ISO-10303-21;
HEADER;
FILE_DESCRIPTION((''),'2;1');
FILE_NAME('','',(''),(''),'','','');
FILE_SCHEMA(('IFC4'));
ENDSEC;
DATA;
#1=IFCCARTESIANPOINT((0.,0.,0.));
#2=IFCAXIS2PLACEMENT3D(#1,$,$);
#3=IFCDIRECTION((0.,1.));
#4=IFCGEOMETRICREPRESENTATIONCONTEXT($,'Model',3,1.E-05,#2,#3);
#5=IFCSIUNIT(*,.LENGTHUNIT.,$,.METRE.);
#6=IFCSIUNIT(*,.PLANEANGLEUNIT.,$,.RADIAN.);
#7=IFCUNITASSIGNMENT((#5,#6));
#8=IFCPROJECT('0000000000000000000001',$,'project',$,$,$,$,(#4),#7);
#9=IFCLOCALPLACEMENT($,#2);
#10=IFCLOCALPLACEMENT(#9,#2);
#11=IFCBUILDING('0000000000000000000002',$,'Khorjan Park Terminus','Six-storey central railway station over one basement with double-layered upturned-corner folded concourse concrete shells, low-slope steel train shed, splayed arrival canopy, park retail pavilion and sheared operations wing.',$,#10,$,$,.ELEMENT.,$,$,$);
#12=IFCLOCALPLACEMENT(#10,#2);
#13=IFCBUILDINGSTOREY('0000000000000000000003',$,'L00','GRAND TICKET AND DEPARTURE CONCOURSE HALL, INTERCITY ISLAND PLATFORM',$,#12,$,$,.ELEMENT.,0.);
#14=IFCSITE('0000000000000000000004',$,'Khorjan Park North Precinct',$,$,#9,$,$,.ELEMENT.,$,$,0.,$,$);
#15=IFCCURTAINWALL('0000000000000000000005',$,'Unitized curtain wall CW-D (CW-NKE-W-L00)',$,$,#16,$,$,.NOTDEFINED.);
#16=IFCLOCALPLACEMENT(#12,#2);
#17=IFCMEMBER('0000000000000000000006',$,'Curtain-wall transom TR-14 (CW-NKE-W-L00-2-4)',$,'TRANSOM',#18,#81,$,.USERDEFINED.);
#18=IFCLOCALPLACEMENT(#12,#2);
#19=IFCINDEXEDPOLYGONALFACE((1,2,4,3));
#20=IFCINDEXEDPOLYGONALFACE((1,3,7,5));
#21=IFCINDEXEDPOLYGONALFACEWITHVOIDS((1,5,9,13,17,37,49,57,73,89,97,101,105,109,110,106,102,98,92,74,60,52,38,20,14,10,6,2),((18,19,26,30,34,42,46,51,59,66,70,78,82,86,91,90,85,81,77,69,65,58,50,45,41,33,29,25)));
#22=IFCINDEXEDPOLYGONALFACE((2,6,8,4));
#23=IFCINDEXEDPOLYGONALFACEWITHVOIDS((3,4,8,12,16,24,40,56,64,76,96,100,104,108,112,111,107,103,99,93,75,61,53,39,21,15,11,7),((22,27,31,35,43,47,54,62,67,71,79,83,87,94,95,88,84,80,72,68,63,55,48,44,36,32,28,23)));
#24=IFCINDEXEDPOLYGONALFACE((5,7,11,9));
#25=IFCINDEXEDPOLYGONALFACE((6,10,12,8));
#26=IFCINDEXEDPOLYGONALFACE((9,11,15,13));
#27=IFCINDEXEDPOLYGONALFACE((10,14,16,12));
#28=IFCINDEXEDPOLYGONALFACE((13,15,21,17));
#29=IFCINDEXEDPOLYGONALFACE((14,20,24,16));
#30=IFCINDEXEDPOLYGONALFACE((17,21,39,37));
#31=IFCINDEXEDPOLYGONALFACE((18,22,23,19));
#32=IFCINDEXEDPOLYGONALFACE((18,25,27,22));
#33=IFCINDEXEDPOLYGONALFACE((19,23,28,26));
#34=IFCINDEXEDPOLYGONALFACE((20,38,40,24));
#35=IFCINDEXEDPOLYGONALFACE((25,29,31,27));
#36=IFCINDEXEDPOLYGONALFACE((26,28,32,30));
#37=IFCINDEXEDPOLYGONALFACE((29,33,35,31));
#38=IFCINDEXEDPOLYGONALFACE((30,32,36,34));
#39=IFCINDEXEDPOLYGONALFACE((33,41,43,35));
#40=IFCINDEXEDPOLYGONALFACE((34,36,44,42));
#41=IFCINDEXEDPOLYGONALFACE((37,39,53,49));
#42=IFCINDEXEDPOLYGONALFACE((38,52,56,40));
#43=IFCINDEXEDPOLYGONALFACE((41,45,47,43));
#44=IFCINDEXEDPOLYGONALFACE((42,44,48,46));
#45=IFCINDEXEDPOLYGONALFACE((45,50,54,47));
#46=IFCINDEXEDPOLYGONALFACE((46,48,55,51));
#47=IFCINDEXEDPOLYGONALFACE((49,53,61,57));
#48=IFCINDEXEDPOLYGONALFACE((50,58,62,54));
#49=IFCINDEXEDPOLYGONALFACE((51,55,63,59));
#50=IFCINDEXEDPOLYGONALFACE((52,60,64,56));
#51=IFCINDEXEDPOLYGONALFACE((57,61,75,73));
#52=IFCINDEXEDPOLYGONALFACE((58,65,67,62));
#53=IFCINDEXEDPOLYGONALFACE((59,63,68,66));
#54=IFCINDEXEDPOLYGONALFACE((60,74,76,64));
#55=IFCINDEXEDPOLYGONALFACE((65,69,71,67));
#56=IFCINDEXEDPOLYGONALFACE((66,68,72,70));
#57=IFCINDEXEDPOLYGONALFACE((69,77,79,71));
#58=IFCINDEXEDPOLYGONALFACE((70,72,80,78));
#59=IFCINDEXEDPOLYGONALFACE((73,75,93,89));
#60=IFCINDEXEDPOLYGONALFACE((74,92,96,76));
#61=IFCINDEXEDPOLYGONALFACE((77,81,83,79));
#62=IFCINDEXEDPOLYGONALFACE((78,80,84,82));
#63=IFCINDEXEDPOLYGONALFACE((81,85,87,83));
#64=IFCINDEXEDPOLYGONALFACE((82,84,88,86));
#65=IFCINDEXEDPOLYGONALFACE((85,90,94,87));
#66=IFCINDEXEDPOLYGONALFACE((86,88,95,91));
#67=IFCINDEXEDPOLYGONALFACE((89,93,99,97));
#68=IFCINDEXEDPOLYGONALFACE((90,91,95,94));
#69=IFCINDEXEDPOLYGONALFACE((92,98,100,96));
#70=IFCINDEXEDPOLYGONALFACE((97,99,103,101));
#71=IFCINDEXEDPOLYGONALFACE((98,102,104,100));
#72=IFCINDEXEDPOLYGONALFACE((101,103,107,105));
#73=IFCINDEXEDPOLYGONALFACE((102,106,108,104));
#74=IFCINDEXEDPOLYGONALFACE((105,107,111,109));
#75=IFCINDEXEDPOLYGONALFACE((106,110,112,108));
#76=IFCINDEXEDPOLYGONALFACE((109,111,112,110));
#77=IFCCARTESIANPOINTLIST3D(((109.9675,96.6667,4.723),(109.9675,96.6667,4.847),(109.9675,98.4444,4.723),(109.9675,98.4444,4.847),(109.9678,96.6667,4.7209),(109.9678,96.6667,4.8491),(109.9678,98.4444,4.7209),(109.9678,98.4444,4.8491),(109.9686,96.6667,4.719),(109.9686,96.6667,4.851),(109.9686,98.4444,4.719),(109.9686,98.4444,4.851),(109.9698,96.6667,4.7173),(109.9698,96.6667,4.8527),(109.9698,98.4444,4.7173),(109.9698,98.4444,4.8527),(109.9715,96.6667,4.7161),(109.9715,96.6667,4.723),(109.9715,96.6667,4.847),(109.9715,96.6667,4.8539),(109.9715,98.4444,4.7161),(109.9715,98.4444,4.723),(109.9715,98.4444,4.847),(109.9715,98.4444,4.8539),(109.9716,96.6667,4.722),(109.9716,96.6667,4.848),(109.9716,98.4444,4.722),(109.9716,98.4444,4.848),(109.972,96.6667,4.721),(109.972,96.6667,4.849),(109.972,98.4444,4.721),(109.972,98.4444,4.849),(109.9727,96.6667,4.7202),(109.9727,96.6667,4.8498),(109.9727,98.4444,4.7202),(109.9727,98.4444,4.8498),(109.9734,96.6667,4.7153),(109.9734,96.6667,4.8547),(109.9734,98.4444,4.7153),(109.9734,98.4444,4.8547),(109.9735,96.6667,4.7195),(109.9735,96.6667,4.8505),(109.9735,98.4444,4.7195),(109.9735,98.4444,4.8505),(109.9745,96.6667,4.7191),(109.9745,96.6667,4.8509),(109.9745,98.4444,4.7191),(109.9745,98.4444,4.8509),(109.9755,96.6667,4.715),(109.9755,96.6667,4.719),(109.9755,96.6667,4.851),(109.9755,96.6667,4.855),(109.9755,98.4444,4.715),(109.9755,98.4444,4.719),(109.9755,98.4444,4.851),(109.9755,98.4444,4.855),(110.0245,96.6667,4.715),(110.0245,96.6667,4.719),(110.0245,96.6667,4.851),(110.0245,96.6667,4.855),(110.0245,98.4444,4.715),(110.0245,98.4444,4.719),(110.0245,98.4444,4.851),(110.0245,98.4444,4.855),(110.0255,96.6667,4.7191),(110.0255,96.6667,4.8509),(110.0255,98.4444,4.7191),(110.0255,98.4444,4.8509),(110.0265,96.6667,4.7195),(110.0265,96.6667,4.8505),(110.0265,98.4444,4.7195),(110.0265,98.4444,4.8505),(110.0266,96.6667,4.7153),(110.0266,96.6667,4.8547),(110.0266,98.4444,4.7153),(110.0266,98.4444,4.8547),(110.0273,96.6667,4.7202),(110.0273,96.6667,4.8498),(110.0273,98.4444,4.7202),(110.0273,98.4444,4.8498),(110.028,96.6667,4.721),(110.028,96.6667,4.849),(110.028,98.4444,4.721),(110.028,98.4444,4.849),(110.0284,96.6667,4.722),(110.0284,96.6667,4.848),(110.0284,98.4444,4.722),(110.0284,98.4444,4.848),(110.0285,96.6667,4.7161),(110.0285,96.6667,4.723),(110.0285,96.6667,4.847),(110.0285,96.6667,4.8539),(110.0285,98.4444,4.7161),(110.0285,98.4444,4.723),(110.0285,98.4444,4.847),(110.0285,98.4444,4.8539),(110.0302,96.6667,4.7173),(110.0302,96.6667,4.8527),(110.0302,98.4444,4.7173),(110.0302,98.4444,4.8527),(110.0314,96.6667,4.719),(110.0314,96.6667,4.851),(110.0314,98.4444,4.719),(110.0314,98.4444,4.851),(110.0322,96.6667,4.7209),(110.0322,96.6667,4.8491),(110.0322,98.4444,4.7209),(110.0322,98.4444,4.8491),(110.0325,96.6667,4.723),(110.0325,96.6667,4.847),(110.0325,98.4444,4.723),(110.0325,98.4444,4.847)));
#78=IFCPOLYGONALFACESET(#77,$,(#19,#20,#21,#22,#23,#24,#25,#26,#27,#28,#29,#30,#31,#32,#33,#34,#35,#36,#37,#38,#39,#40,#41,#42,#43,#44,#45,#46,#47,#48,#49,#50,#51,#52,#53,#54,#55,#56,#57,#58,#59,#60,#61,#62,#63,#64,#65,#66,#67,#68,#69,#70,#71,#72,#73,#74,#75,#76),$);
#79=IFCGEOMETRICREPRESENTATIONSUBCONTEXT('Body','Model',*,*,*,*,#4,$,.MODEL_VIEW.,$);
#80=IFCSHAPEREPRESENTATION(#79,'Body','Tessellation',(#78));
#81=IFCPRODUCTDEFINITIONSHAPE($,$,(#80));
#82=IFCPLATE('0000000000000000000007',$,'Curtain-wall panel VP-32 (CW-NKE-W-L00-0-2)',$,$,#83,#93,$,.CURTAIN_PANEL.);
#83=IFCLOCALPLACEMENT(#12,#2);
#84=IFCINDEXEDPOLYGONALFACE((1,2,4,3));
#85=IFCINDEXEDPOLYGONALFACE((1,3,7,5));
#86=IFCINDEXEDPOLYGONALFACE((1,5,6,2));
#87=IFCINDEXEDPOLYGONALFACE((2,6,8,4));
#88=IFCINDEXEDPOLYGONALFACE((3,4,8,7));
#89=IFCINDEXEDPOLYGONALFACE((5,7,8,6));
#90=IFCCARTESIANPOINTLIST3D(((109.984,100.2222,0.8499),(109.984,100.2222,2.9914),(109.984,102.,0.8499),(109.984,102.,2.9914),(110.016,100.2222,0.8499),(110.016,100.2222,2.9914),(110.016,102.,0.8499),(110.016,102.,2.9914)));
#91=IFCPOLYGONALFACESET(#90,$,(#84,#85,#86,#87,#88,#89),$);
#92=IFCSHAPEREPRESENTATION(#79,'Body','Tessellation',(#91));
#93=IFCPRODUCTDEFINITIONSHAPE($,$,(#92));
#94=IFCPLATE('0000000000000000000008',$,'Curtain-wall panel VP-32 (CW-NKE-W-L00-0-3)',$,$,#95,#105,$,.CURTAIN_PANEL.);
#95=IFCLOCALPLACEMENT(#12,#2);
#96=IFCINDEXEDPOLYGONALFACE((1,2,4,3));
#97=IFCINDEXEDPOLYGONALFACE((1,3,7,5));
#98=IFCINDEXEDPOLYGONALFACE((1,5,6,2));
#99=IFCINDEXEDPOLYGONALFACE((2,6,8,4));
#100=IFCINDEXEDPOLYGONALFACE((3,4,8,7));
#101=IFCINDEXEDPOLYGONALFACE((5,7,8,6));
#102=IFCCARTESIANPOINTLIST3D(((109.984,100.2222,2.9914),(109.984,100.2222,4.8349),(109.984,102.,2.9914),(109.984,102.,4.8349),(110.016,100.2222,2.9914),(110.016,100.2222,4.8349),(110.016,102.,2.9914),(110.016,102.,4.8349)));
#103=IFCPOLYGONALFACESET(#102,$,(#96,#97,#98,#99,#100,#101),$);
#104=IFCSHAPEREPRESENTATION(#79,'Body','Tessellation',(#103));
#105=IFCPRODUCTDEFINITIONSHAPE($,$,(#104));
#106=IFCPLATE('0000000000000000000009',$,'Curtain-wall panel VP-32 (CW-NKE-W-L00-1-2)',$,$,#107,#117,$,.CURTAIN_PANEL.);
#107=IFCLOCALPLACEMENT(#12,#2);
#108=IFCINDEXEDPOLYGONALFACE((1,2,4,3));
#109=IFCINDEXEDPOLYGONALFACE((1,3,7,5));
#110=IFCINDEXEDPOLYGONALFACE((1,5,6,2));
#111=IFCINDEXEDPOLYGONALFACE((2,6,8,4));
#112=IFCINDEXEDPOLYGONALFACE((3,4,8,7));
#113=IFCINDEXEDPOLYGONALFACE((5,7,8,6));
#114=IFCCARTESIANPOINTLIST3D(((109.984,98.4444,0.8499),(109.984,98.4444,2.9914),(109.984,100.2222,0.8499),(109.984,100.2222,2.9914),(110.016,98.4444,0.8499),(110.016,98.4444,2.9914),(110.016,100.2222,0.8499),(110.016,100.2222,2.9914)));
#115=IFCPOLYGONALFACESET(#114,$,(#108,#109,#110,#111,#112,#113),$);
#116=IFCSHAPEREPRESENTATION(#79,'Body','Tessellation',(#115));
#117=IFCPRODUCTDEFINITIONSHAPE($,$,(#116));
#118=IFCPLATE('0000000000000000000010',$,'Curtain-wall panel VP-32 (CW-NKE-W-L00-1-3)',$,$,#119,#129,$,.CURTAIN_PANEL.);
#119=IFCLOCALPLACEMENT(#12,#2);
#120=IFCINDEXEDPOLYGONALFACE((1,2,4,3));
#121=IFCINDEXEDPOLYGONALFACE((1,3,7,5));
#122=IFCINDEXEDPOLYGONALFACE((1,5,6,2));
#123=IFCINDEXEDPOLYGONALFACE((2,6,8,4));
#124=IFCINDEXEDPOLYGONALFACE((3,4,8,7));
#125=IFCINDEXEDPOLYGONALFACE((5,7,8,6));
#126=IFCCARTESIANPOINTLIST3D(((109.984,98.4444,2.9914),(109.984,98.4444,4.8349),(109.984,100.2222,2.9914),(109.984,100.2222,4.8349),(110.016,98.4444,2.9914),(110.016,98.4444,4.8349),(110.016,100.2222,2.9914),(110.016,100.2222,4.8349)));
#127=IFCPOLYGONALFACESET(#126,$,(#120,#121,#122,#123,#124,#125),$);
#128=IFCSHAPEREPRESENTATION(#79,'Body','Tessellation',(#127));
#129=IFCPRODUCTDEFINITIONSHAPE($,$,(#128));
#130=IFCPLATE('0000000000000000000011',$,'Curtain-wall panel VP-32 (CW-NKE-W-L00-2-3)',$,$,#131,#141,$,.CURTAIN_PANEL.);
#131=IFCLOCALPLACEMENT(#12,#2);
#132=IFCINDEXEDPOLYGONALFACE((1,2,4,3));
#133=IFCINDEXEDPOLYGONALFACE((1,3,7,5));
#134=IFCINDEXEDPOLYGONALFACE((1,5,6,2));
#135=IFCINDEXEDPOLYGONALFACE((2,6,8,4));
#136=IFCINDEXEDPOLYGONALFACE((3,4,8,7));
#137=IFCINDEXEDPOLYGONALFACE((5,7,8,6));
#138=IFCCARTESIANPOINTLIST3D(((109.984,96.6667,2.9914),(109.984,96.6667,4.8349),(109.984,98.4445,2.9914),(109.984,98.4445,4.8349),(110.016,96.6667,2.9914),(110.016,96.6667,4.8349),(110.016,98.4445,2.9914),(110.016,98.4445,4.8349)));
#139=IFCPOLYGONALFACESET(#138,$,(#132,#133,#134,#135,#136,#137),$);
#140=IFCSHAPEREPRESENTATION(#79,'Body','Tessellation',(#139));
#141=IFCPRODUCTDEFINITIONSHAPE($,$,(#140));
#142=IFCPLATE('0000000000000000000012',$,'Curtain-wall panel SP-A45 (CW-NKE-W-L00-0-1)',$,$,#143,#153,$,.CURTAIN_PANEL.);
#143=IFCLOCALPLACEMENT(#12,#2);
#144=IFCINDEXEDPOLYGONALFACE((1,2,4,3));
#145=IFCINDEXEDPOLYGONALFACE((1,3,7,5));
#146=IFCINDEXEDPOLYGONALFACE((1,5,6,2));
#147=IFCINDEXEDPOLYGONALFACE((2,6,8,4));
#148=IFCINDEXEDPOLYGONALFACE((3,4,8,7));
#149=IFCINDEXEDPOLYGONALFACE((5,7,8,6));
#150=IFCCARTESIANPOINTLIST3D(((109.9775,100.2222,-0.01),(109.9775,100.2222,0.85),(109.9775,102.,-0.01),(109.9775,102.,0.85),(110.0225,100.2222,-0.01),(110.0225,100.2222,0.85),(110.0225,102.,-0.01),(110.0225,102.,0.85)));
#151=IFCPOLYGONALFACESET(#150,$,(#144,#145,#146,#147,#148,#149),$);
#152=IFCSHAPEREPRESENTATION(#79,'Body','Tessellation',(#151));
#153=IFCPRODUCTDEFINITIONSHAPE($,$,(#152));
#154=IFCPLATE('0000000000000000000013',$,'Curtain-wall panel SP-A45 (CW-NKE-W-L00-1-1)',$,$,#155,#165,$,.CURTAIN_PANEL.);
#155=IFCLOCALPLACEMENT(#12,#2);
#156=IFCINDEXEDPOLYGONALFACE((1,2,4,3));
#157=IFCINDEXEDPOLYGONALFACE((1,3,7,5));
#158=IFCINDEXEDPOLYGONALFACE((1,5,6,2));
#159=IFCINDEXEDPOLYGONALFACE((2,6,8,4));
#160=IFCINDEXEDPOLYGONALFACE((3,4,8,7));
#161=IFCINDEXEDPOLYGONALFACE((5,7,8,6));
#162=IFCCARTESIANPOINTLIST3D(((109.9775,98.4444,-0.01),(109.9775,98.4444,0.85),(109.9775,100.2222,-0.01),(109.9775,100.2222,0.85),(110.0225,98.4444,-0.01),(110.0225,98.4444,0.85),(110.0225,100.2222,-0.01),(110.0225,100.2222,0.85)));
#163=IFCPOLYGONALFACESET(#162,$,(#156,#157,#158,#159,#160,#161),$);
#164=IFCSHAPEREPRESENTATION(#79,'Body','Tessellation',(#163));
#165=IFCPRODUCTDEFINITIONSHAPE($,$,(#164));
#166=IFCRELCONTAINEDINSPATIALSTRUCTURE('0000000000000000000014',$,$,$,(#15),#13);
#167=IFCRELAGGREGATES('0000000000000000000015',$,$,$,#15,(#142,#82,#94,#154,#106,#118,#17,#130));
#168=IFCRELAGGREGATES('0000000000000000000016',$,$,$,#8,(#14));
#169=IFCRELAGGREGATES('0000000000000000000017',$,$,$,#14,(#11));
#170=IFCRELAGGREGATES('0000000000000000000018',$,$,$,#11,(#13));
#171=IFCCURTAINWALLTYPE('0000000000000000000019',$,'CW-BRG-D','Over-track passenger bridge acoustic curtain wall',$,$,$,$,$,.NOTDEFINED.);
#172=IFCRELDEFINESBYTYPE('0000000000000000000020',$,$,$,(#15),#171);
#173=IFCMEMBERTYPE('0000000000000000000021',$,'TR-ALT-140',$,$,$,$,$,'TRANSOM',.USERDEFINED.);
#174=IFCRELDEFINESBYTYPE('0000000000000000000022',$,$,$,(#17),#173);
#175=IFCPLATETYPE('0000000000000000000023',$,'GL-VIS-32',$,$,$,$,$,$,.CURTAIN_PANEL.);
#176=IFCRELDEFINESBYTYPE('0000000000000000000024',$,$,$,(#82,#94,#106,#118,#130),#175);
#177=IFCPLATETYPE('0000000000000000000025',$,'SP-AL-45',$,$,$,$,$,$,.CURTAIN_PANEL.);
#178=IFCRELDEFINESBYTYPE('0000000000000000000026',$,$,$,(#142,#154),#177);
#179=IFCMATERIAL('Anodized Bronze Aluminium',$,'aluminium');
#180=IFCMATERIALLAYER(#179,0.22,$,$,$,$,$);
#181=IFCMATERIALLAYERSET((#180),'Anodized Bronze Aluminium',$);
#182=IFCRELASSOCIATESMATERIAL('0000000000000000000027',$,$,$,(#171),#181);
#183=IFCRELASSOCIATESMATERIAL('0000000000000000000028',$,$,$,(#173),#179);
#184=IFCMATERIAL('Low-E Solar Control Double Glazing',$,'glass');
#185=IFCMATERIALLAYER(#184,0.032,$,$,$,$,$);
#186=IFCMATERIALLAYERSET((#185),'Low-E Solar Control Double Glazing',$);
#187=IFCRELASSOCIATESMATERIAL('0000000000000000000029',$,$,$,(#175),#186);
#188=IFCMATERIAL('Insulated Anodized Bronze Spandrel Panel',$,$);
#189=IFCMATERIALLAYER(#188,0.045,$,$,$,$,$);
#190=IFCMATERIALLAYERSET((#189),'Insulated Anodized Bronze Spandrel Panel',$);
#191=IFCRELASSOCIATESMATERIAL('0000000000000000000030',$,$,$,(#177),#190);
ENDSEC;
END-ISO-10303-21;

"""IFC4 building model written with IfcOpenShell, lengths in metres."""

from ifc_helpers import new_model, si_unit, direction, frame, origin, origin_2d, place, context, subcontext, project, spatial, rectangle, hollow_rectangle, extrude, material, layer, layer_set, material_profile, profile_set, type_object, element, aggregate, save


model = new_model("IFC4")

# Units and contexts
model_context = context("Model", 3, precision=1e-05, world=origin(), true_north=direction((0.0, 1.0)))
body_context = subcontext(model_context, "Body", "Model", "MODEL_VIEW")
ifc_project = project(units=[si_unit("LENGTHUNIT", "METRE"), si_unit("PLANEANGLEUNIT", "RADIAN")], contexts=[model_context])

# Site, building, storey
site_placement = place(None, origin())
site = spatial("IfcSite", under=ifc_project, at=site_placement, Name="Khorjan Park North Precinct", CompositionType="ELEMENT", RefElevation=0.0)
building_placement = place(site_placement, origin())
building = spatial("IfcBuilding", under=site, at=building_placement, Name="Khorjan Park Terminus", Description="Six-storey central railway station over one basement with double-layered upturned-corner folded concourse concrete shells, low-slope steel train shed, splayed arrival canopy, park retail pavilion and sheared operations wing.", CompositionType="ELEMENT")
storey_placement = place(building_placement, origin())
storey = spatial("IfcBuildingStorey", under=building, at=storey_placement, Name="L00", Description="GRAND TICKET AND DEPARTURE CONCOURSE HALL, INTERCITY ISLAND PLATFORM", CompositionType="ELEMENT", Elevation=0.0)

# Curtain wall, member, plates
ifc_material_1 = material(Name="Anodized Bronze Aluminium", Category="aluminium")
ifc_layer_1 = layer(ifc_material_1, 0.22)
ifc_layer_set_1 = layer_set([ifc_layer_1], Name="Anodized Bronze Aluminium")
curtain_wall_type = type_object("IfcCurtainWallType", Name="CW-BRG-D", Description="Over-track passenger bridge acoustic curtain wall", PredefinedType="NOTDEFINED", material=ifc_layer_set_1)
curtain_wall_placement = place(storey_placement, origin())
curtain_wall = element("IfcCurtainWall", 1, at=curtain_wall_placement, inside=storey, type_object=curtain_wall_type, Name="Unitized curtain wall CW-D (CW-NKE-W-L00)", PredefinedType="NOTDEFINED")
ifc_material_profile_1 = material_profile(ifc_material_1, hollow_rectangle(XDim=0.065, YDim=0.14, WallThickness=0.004, InnerFilletRadius=0.004, OuterFilletRadius=0.008, at=origin_2d()), Name="ALT 65x140x4")
ifc_profile_set_1 = profile_set([ifc_material_profile_1], Name="Anodized Bronze Aluminium")
member_type_1 = type_object("IfcMemberType", Name="TR-ALT-140", ElementType="TRANSOM", PredefinedType="USERDEFINED", material=ifc_profile_set_1)
member_1_placement = place(storey_placement, frame((110.0, 98.4444, 4.785), z_axis=(0.0, -1.0, 0.0), x_axis=(1.0, 0.0, 0.0)))
member_1 = element("IfcMember", 2, at=member_1_placement, type_object=member_type_1, Name="Curtain-wall transom TR-14 (CW-NKE-W-L00-2-4)", ObjectType="TRANSOM", PredefinedType="USERDEFINED", context=body_context, shape_type="SweptSolid", body=[
    extrude(hollow_rectangle(XDim=0.065, YDim=0.14, WallThickness=0.004, InnerFilletRadius=0.004, OuterFilletRadius=0.008, at=origin_2d()), origin(), (0.0, 0.0, 1.0), 1.7777),
])
ifc_material_2 = material(Name="Low-E Solar Control Double Glazing", Category="glass")
ifc_layer_2 = layer(ifc_material_2, 0.032)
ifc_layer_set_2 = layer_set([ifc_layer_2], Name="Low-E Solar Control Double Glazing")
plate_type_1 = type_object("IfcPlateType", Name="GL-VIS-32", PredefinedType="CURTAIN_PANEL", material=ifc_layer_set_2)
plate_1_placement = place(storey_placement, frame((110.0, 101.1111, 0.8499), z_axis=(0.0, 0.0, 1.0), x_axis=(0.0, -1.0, 0.0)))
plate_1 = element("IfcPlate", 3, at=plate_1_placement, type_object=plate_type_1, Name="Curtain-wall panel VP-32 (CW-NKE-W-L00-0-2)", PredefinedType="CURTAIN_PANEL", context=body_context, shape_type="SweptSolid", body=[
    extrude(rectangle(XDim=1.7778, YDim=0.032, at=origin_2d()), origin(), (0.0, 0.0, 1.0), 2.1415),
])
plate_2_placement = place(storey_placement, frame((110.0, 101.1111, 2.9914), z_axis=(0.0, 0.0, 1.0), x_axis=(0.0, -1.0, 0.0)))
plate_2 = element("IfcPlate", 4, at=plate_2_placement, type_object=plate_type_1, Name="Curtain-wall panel VP-32 (CW-NKE-W-L00-0-3)", PredefinedType="CURTAIN_PANEL", context=body_context, shape_type="SweptSolid", body=[
    extrude(rectangle(XDim=1.7778, YDim=0.032, at=origin_2d()), origin(), (0.0, 0.0, 1.0), 1.8435),
])
plate_3_placement = place(storey_placement, frame((110.0, 99.3333, 0.8499), z_axis=(0.0, 0.0, 1.0), x_axis=(0.0, -1.0, 0.0)))
plate_3 = element("IfcPlate", 5, at=plate_3_placement, type_object=plate_type_1, Name="Curtain-wall panel VP-32 (CW-NKE-W-L00-1-2)", PredefinedType="CURTAIN_PANEL", context=body_context, shape_type="SweptSolid", body=[
    extrude(rectangle(XDim=1.7778, YDim=0.032, at=origin_2d()), origin(), (0.0, 0.0, 1.0), 2.1415),
])
plate_4_placement = place(storey_placement, frame((110.0, 99.3333, 2.9914), z_axis=(0.0, 0.0, 1.0), x_axis=(0.0, -1.0, 0.0)))
plate_4 = element("IfcPlate", 6, at=plate_4_placement, type_object=plate_type_1, Name="Curtain-wall panel VP-32 (CW-NKE-W-L00-1-3)", PredefinedType="CURTAIN_PANEL", context=body_context, shape_type="SweptSolid", body=[
    extrude(rectangle(XDim=1.7778, YDim=0.032, at=origin_2d()), origin(), (0.0, 0.0, 1.0), 1.8435),
])
plate_5_placement = place(storey_placement, frame((110.0, 97.5556, 2.9914), z_axis=(0.0, 0.0, 1.0), x_axis=(0.0, -1.0, 0.0)))
plate_5 = element("IfcPlate", 7, at=plate_5_placement, type_object=plate_type_1, Name="Curtain-wall panel VP-32 (CW-NKE-W-L00-2-3)", PredefinedType="CURTAIN_PANEL", context=body_context, shape_type="SweptSolid", body=[
    extrude(rectangle(XDim=1.7778, YDim=0.032, at=origin_2d()), origin(), (0.0, 0.0, 1.0), 1.8435),
])
ifc_material_3 = material(Name="Insulated Anodized Bronze Spandrel Panel")
ifc_layer_3 = layer(ifc_material_3, 0.045)
ifc_layer_set_3 = layer_set([ifc_layer_3], Name="Insulated Anodized Bronze Spandrel Panel")
plate_type_2 = type_object("IfcPlateType", Name="SP-AL-45", PredefinedType="CURTAIN_PANEL", material=ifc_layer_set_3)
plate_6_placement = place(storey_placement, frame((110.0, 101.1111, -0.01), z_axis=(0.0, 0.0, 1.0), x_axis=(0.0, -1.0, 0.0)))
plate_6 = element("IfcPlate", 8, at=plate_6_placement, type_object=plate_type_2, Name="Curtain-wall panel SP-A45 (CW-NKE-W-L00-0-1)", PredefinedType="CURTAIN_PANEL", context=body_context, shape_type="SweptSolid", body=[
    extrude(rectangle(XDim=1.7778, YDim=0.045, at=origin_2d()), origin(), (0.0, 0.0, 1.0), 0.86),
])
plate_7_placement = place(storey_placement, frame((110.0, 99.3333, -0.01), z_axis=(0.0, 0.0, 1.0), x_axis=(0.0, -1.0, 0.0)))
plate_7 = element("IfcPlate", 9, at=plate_7_placement, type_object=plate_type_2, Name="Curtain-wall panel SP-A45 (CW-NKE-W-L00-1-1)", PredefinedType="CURTAIN_PANEL", context=body_context, shape_type="SweptSolid", body=[
    extrude(rectangle(XDim=1.7778, YDim=0.045, at=origin_2d()), origin(), (0.0, 0.0, 1.0), 0.86),
])
aggregate(curtain_wall, [plate_6, plate_1, plate_2, plate_7, plate_3, plate_4, member_1, plate_5])

save(model, "model.ifc")
